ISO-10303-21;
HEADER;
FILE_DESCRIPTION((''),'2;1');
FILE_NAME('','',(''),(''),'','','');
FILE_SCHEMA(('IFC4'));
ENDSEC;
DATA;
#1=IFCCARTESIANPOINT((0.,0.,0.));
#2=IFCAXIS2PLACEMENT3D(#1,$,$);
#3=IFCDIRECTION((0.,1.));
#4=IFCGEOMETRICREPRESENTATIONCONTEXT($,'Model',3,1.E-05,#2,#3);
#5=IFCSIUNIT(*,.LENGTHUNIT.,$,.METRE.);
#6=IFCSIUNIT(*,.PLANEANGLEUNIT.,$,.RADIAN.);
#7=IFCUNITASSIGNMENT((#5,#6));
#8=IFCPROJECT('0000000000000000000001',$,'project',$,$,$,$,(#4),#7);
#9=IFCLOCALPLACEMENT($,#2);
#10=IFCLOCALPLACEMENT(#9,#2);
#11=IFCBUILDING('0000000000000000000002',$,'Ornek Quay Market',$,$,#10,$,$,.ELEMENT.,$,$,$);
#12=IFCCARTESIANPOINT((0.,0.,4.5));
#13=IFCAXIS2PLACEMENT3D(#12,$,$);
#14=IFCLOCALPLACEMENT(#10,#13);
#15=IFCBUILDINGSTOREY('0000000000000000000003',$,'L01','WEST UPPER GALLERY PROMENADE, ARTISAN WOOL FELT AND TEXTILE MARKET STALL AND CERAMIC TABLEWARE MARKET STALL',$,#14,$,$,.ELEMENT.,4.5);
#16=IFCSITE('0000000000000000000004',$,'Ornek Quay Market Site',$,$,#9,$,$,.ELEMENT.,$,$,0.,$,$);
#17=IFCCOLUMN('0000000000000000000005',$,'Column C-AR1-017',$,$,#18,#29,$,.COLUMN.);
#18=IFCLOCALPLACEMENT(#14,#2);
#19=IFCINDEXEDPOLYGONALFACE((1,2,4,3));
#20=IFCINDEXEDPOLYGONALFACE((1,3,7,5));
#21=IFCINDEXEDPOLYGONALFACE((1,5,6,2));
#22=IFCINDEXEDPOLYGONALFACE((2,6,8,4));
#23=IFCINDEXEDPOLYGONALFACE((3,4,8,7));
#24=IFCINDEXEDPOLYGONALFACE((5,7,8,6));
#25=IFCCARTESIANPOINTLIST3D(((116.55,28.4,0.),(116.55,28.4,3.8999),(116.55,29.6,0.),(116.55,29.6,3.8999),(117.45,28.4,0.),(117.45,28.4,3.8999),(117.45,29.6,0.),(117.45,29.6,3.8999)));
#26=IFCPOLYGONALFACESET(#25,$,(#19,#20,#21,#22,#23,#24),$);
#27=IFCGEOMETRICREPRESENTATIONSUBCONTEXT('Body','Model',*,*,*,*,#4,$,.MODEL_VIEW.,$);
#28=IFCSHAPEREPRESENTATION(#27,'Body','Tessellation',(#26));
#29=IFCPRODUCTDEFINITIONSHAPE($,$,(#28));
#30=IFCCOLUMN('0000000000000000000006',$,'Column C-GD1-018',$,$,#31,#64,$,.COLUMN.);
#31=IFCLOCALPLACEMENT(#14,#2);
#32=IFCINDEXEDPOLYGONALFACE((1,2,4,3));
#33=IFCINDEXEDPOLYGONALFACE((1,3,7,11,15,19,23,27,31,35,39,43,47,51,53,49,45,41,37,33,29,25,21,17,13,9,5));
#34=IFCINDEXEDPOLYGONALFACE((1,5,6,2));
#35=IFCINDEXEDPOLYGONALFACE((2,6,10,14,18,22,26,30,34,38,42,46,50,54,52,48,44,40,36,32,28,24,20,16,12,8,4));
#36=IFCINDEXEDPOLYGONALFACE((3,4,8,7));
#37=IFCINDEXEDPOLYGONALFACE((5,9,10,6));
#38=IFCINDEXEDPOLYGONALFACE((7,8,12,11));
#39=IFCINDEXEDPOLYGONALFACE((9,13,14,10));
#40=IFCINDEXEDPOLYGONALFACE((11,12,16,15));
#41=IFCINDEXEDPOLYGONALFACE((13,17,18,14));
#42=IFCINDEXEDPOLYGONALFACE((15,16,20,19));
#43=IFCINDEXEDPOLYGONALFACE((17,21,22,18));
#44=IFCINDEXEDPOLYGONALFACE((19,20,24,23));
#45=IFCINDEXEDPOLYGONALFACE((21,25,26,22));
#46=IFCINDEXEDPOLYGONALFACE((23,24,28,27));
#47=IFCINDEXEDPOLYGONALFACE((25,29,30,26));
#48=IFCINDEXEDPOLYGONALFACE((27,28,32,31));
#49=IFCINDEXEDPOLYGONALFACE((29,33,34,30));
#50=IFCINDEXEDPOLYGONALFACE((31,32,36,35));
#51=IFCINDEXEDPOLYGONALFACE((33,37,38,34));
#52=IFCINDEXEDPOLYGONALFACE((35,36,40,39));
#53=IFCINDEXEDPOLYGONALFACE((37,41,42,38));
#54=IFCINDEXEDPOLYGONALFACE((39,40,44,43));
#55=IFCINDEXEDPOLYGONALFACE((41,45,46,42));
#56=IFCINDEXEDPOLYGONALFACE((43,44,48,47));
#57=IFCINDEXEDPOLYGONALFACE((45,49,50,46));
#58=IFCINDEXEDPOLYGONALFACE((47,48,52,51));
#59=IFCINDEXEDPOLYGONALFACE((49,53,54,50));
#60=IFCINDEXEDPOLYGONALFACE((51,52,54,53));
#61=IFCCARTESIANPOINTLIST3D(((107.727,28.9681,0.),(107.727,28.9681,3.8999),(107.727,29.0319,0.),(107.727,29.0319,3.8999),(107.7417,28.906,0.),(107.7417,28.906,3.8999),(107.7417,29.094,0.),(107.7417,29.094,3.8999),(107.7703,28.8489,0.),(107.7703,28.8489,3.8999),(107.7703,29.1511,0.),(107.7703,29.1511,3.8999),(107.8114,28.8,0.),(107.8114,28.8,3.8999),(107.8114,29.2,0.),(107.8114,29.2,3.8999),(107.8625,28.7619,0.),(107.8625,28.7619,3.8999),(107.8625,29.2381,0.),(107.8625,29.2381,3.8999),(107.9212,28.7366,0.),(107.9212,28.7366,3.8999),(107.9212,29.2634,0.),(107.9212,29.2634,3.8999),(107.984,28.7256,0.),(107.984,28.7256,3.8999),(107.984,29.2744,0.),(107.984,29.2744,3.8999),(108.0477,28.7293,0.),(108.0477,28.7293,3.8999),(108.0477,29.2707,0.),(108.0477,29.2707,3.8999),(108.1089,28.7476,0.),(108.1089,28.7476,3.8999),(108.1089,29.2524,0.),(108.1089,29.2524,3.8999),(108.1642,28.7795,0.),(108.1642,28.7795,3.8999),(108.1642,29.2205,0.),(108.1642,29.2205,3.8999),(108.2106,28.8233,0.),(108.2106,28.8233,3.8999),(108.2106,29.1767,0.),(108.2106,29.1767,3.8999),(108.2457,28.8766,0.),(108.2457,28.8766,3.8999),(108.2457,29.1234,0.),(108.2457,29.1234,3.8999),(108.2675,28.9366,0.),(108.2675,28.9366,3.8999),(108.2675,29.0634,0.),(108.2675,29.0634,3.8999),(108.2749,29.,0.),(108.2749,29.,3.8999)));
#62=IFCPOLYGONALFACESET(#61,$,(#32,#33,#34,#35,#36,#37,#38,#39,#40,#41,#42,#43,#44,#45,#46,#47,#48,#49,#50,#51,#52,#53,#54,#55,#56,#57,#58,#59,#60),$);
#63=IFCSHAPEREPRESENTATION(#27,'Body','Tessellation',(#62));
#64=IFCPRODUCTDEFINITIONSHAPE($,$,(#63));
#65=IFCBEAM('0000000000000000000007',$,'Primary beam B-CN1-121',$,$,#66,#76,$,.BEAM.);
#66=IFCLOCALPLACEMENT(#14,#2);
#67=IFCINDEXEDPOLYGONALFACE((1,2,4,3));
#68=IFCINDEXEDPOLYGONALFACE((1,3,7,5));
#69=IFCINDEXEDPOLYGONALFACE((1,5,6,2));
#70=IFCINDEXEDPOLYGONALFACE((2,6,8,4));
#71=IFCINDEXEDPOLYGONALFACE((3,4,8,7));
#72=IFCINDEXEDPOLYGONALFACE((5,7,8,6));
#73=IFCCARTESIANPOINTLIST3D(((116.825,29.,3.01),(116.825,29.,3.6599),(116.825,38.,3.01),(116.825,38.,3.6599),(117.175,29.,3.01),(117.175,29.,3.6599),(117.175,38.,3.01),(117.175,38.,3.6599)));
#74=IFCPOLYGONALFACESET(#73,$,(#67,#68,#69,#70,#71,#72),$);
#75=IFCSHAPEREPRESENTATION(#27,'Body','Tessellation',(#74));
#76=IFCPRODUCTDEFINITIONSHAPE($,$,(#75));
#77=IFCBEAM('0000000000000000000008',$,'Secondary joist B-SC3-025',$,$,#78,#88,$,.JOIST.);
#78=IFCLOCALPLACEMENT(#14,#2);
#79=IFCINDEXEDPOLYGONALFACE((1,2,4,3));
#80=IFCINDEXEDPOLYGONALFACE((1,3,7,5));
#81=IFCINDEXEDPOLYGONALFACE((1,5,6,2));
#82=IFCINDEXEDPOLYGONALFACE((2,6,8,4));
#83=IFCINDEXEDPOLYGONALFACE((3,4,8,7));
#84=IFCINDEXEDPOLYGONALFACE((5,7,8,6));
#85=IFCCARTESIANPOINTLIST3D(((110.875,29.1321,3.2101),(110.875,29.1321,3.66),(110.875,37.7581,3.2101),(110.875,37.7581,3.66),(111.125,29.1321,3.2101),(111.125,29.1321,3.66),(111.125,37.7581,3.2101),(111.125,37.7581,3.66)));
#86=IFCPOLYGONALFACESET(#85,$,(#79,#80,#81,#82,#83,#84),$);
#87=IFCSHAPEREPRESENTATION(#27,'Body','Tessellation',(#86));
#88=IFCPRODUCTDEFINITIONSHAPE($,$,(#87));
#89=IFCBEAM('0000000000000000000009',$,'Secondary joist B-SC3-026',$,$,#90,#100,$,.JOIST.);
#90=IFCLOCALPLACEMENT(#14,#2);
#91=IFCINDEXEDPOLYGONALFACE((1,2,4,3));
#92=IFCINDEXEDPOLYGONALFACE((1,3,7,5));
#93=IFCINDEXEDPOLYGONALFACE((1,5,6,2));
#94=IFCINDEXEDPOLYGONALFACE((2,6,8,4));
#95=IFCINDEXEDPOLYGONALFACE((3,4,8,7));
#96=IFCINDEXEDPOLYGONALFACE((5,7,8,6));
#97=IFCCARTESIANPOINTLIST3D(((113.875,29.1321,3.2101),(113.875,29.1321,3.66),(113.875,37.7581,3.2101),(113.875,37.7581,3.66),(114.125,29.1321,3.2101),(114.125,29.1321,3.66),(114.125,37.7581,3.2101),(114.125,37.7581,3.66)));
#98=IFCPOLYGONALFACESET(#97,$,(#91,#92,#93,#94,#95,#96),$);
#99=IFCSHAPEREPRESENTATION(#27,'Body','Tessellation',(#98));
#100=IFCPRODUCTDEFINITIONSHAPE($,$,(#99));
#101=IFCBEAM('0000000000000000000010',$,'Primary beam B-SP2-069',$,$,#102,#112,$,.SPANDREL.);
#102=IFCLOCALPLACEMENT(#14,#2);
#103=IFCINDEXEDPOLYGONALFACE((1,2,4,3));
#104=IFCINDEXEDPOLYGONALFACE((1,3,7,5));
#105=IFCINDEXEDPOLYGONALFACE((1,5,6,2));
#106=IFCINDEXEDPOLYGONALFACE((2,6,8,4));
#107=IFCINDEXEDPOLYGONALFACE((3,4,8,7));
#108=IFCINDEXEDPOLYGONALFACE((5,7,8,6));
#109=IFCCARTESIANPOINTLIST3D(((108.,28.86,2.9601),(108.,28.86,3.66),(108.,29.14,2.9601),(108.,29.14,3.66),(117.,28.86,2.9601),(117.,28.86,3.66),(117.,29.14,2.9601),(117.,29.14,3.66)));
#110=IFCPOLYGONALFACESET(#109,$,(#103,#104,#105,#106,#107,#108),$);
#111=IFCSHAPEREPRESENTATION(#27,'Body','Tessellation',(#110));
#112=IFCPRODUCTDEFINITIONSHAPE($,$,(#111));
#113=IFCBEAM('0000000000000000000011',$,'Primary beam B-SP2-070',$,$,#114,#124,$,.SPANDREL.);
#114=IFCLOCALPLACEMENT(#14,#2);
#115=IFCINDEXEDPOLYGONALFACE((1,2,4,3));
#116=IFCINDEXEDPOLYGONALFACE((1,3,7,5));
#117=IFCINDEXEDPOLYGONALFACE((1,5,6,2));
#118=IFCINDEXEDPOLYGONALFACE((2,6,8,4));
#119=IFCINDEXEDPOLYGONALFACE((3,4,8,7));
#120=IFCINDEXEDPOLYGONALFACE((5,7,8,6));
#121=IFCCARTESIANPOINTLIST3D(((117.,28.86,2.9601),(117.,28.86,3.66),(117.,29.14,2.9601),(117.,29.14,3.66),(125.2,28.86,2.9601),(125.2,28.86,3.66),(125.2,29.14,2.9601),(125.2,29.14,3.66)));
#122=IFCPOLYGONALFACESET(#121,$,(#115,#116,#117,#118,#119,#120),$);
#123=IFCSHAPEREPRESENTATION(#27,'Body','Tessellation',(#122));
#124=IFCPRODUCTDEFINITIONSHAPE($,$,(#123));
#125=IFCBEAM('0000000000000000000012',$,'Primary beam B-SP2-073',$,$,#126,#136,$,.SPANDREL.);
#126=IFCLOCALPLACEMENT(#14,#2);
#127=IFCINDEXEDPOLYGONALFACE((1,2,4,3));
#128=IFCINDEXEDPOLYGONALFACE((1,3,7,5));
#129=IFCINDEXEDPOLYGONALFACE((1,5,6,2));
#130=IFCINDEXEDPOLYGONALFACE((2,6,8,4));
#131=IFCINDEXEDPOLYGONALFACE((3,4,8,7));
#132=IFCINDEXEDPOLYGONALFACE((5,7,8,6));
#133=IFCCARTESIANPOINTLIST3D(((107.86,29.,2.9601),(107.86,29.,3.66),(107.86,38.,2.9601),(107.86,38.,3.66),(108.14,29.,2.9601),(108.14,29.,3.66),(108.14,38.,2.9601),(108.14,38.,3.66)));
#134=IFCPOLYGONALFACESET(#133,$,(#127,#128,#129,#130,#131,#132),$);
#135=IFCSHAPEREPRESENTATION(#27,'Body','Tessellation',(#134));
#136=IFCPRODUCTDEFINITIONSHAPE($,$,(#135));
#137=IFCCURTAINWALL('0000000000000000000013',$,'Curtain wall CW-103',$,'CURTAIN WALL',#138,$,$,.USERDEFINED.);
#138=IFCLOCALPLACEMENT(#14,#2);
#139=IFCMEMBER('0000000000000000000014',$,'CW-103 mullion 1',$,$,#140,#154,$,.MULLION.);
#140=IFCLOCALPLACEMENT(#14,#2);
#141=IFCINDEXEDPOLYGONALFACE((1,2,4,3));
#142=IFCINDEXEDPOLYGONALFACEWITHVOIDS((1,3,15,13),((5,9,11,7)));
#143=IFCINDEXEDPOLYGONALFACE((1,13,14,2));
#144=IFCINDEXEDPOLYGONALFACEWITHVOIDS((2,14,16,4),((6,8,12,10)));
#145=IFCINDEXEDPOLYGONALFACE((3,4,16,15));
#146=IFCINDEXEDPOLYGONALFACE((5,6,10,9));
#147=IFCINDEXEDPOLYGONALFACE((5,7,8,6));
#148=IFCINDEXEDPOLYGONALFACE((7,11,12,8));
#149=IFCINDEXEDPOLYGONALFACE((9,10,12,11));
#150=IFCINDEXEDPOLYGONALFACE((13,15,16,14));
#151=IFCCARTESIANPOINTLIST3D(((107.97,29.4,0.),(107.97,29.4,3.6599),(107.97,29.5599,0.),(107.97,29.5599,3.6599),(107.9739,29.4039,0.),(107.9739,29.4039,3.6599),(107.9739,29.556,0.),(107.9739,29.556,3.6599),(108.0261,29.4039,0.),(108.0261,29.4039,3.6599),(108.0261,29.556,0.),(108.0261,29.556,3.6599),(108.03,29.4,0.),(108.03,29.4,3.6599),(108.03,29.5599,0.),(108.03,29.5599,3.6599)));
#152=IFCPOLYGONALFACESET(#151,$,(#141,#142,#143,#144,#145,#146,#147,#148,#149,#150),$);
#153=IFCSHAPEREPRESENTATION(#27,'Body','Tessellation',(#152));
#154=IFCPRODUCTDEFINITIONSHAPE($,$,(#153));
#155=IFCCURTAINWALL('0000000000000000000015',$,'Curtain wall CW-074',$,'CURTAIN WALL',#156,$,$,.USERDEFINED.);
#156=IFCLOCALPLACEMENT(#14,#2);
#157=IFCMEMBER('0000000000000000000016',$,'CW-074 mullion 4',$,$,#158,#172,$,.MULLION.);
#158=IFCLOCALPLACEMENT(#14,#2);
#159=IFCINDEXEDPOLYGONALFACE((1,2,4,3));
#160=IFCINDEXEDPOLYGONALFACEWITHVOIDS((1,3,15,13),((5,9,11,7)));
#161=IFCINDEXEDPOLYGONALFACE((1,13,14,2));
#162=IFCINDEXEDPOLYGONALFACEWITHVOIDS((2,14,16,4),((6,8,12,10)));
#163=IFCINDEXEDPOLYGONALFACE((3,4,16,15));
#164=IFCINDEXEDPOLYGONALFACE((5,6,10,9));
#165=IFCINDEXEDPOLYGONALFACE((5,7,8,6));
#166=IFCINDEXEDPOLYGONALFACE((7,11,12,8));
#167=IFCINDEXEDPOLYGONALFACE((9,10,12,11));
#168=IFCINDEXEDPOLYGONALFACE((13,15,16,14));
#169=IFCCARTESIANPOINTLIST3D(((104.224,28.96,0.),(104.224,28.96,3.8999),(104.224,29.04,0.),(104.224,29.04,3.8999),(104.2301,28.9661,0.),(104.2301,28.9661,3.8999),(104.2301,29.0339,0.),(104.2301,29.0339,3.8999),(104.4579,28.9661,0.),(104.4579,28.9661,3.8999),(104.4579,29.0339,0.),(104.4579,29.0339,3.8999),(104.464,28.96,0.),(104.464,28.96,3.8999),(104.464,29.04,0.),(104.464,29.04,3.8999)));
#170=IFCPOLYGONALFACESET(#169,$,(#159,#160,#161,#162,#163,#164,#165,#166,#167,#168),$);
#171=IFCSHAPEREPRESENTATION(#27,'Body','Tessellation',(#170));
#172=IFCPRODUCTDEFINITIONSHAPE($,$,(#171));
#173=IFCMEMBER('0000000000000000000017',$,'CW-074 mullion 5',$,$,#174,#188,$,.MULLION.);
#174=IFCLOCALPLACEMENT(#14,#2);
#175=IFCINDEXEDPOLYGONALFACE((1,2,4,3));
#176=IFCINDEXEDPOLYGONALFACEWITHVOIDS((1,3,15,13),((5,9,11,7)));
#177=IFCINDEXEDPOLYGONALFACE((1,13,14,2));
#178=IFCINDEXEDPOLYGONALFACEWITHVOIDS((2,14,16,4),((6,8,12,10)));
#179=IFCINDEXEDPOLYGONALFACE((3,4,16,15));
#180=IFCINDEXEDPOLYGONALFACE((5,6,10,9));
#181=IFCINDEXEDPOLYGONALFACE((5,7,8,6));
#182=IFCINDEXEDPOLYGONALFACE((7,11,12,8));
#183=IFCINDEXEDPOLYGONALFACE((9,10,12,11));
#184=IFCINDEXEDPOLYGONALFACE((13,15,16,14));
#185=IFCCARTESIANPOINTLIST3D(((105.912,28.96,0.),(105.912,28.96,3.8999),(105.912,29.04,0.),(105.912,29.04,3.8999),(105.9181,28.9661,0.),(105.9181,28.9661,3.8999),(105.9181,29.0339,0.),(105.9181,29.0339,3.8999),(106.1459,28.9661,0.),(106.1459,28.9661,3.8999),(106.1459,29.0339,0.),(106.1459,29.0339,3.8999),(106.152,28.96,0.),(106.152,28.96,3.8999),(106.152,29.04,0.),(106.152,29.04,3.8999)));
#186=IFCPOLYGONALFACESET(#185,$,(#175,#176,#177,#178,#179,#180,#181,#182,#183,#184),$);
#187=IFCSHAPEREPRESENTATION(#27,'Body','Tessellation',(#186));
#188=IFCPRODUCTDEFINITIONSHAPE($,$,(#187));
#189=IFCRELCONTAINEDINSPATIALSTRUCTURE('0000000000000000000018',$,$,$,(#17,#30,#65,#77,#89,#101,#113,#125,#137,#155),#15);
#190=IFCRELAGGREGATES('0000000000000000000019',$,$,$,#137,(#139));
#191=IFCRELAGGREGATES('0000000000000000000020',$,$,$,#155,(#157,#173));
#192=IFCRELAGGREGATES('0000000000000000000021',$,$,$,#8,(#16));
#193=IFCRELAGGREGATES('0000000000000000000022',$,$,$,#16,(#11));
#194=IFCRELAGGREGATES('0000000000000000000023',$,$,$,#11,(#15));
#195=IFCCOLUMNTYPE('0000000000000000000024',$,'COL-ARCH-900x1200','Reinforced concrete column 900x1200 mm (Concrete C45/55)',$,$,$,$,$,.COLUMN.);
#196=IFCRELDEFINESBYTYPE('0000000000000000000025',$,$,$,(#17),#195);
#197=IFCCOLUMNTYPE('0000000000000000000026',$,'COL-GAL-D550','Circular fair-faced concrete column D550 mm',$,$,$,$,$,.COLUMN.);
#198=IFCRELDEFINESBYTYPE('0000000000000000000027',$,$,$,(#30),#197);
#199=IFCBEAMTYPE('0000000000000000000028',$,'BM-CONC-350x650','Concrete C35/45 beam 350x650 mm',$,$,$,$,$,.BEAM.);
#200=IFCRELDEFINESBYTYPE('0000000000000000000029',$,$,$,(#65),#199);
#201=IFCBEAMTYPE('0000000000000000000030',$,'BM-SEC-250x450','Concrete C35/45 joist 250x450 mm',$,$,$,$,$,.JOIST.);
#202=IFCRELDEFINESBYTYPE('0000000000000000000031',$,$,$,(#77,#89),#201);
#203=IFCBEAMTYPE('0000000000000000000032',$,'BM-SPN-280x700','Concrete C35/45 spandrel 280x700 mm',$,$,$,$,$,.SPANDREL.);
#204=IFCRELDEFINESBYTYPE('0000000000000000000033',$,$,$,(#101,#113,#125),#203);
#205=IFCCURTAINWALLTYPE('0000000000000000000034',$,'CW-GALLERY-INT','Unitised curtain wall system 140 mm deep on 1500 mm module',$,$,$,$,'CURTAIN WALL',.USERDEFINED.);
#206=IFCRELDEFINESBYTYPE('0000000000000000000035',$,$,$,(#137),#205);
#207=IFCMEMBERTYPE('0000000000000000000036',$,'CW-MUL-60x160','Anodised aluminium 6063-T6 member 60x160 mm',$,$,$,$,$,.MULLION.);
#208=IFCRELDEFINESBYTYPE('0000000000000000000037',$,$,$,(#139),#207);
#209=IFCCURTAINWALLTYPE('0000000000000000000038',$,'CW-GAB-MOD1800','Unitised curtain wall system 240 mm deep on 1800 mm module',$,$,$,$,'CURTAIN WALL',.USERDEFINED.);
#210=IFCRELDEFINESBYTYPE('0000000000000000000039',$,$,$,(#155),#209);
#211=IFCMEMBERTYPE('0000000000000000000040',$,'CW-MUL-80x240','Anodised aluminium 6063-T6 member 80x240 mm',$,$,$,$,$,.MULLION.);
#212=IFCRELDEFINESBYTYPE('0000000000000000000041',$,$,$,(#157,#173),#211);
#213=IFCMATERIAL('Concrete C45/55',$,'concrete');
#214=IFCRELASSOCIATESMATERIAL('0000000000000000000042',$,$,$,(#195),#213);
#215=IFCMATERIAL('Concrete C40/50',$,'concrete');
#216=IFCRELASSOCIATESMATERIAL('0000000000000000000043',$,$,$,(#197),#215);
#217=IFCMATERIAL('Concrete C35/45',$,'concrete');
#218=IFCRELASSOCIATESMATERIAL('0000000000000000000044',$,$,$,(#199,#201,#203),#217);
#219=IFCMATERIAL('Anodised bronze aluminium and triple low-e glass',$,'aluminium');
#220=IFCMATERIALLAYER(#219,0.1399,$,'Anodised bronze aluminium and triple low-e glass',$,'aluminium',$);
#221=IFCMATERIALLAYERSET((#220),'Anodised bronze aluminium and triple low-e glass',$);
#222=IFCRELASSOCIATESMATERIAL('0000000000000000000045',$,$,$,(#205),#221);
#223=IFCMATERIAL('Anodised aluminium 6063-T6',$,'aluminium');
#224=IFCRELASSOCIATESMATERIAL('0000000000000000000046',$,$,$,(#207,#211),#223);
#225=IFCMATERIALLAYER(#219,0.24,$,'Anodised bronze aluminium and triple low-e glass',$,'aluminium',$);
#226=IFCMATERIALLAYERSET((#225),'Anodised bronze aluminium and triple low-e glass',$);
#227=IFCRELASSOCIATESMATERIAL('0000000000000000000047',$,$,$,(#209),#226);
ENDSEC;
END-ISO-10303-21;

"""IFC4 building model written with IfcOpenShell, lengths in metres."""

from ifc_helpers import new_model, si_unit, direction, frame, origin, origin_2d, place, context, subcontext, project, spatial, rectangle, hollow_rectangle, circle, extrude, material, layer, layer_set, material_profile, profile_set, type_object, element, aggregate, save


model = new_model("IFC4")

# Units and contexts
model_context = context("Model", 3, precision=1e-05, world=origin(), true_north=direction((0.0, 1.0)))
body_context = subcontext(model_context, "Body", "Model", "MODEL_VIEW")
ifc_project = project(units=[si_unit("LENGTHUNIT", "METRE"), si_unit("PLANEANGLEUNIT", "RADIAN")], contexts=[model_context])

# Site, building, storey
site_placement = place(None, origin())
site = spatial("IfcSite", under=ifc_project, at=site_placement, Name="Ornek Quay Market Site", CompositionType="ELEMENT", RefElevation=0.0)
building_placement = place(site_placement, origin())
building = spatial("IfcBuilding", under=site, at=building_placement, Name="Ornek Quay Market", CompositionType="ELEMENT")
storey_placement = place(building_placement, frame((0.0, 0.0, 4.5)))
storey = spatial("IfcBuildingStorey", under=building, at=storey_placement, Name="L01", Description="WEST UPPER GALLERY PROMENADE, ARTISAN WOOL FELT AND TEXTILE MARKET STALL AND CERAMIC TABLEWARE MARKET STALL", CompositionType="ELEMENT", Elevation=4.5)

# Columns
ifc_material_1 = material(Name="Concrete C45/55", Category="concrete")
ifc_material_profile_1 = material_profile(ifc_material_1, rectangle(XDim=0.8999, YDim=1.2, at=origin_2d()), Name="RC 900x1200", Category="concrete")
ifc_profile_set_1 = profile_set([ifc_material_profile_1], Name="Concrete C45/55")
column_type_1 = type_object("IfcColumnType", Name="COL-ARCH-900x1200", Description="Reinforced concrete column 900x1200 mm (Concrete C45/55)", PredefinedType="COLUMN", material=ifc_profile_set_1)
column_1_placement = place(storey_placement, frame((117.0, 29.0, 0.0), z_axis=(0.0, 0.0, 1.0), x_axis=(1.0, 0.0, 0.0)))
element("IfcColumn", 1, at=column_1_placement, inside=storey, type_object=column_type_1, Name="Column C-AR1-017", PredefinedType="COLUMN", context=body_context, shape_type="SweptSolid", body=[
    extrude(rectangle(XDim=0.8999, YDim=1.2, at=origin_2d()), origin(), (0.0, 0.0, 1.0), 3.8999),
])
ifc_material_2 = material(Name="Concrete C40/50", Category="concrete")
ifc_material_profile_2 = material_profile(ifc_material_2, circle(Radius=0.2749, at=origin_2d()), Name="RC D550", Category="concrete")
ifc_profile_set_2 = profile_set([ifc_material_profile_2], Name="Concrete C40/50")
column_type_2 = type_object("IfcColumnType", Name="COL-GAL-D550", Description="Circular fair-faced concrete column D550 mm", PredefinedType="COLUMN", material=ifc_profile_set_2)
column_2_placement = place(storey_placement, frame((108.0, 29.0, 0.0), z_axis=(0.0, 0.0, 1.0), x_axis=(1.0, 0.0, 0.0)))
element("IfcColumn", 2, at=column_2_placement, inside=storey, type_object=column_type_2, Name="Column C-GD1-018", PredefinedType="COLUMN", context=body_context, shape_type="SweptSolid", body=[
    extrude(circle(Radius=0.2749, at=origin_2d()), origin(), (0.0, 0.0, 1.0), 3.8999),
])

# Beams
ifc_material_3 = material(Name="Concrete C35/45", Category="concrete")
ifc_material_profile_3 = material_profile(ifc_material_3, rectangle(XDim=0.3501, YDim=0.6499, at=origin_2d()), Name="RC 350x650", Category="concrete")
ifc_profile_set_3 = profile_set([ifc_material_profile_3], Name="Concrete C35/45")
beam_type_1 = type_object("IfcBeamType", Name="BM-CONC-350x650", Description="Concrete C35/45 beam 350x650 mm", PredefinedType="BEAM", material=ifc_profile_set_3)
beam_1_placement = place(storey_placement, frame((117.0, 29.0, 3.335), z_axis=(0.0, 1.0, 0.0), x_axis=(-1.0, 0.0, 0.0)))
element("IfcBeam", 3, at=beam_1_placement, inside=storey, type_object=beam_type_1, Name="Primary beam B-CN1-121", PredefinedType="BEAM", context=body_context, shape_type="SweptSolid", body=[
    extrude(rectangle(XDim=0.3501, YDim=0.6499, at=origin_2d()), origin(), (0.0, 0.0, 1.0), 9.0),
])
ifc_material_profile_4 = material_profile(ifc_material_3, rectangle(XDim=0.25, YDim=0.45, at=origin_2d()), Name="RC 250x450", Category="concrete")
ifc_profile_set_4 = profile_set([ifc_material_profile_4], Name="Concrete C35/45")
beam_type_2 = type_object("IfcBeamType", Name="BM-SEC-250x450", Description="Concrete C35/45 joist 250x450 mm", PredefinedType="JOIST", material=ifc_profile_set_4)
for number, where, z_axis, x_axis, name in (
    (4, (111.0, 29.1321, 3.4351), (0.0, 1.0, 0.0), (-1.0, 0.0, 0.0), "Secondary joist B-SC3-025"),
    (5, (114.0, 29.1321, 3.4351), (0.0, 1.0, 0.0), (-1.0, 0.0, 0.0), "Secondary joist B-SC3-026"),
):
    element("IfcBeam", number, at=place(storey_placement, frame(where, z_axis=z_axis, x_axis=x_axis)), inside=storey, type_object=beam_type_2, Name=name, PredefinedType="JOIST", context=body_context, shape_type="SweptSolid", body=[
        extrude(rectangle(XDim=0.25, YDim=0.45, at=origin_2d()), origin(), (0.0, 0.0, 1.0), 8.626),
    ])
ifc_material_profile_5 = material_profile(ifc_material_3, rectangle(XDim=0.28, YDim=0.7, at=origin_2d()), Name="RC 280x700", Category="concrete")
ifc_profile_set_5 = profile_set([ifc_material_profile_5], Name="Concrete C35/45")
beam_type_3 = type_object("IfcBeamType", Name="BM-SPN-280x700", Description="Concrete C35/45 spandrel 280x700 mm", PredefinedType="SPANDREL", material=ifc_profile_set_5)
beam_2_placement = place(storey_placement, frame((108.0, 29.0, 3.3101), z_axis=(1.0, 0.0, 0.0), x_axis=(0.0, 1.0, 0.0)))
element("IfcBeam", 6, at=beam_2_placement, inside=storey, type_object=beam_type_3, Name="Primary beam B-SP2-069", PredefinedType="SPANDREL", context=body_context, shape_type="SweptSolid", body=[
    extrude(rectangle(XDim=0.28, YDim=0.7, at=origin_2d()), origin(), (0.0, 0.0, 1.0), 9.0),
])
beam_3_placement = place(storey_placement, frame((117.0, 29.0, 3.3101), z_axis=(1.0, 0.0, 0.0), x_axis=(0.0, 1.0, 0.0)))
element("IfcBeam", 7, at=beam_3_placement, inside=storey, type_object=beam_type_3, Name="Primary beam B-SP2-070", PredefinedType="SPANDREL", context=body_context, shape_type="SweptSolid", body=[
    extrude(rectangle(XDim=0.28, YDim=0.7, at=origin_2d()), origin(), (0.0, 0.0, 1.0), 8.2),
])
beam_4_placement = place(storey_placement, frame((108.0, 29.0, 3.3101), z_axis=(0.0, 1.0, 0.0), x_axis=(-1.0, 0.0, 0.0)))
element("IfcBeam", 8, at=beam_4_placement, inside=storey, type_object=beam_type_3, Name="Primary beam B-SP2-073", PredefinedType="SPANDREL", context=body_context, shape_type="SweptSolid", body=[
    extrude(rectangle(XDim=0.28, YDim=0.7, at=origin_2d()), origin(), (0.0, 0.0, 1.0), 9.0),
])

# Curtain wall, member
ifc_material_4 = material(Name="Anodised bronze aluminium and triple low-e glass", Category="aluminium")
ifc_layer_1 = layer(ifc_material_4, 0.1399, Name="Anodised bronze aluminium and triple low-e glass", Category="aluminium")
ifc_layer_set_1 = layer_set([ifc_layer_1], Name="Anodised bronze aluminium and triple low-e glass")
curtain_wall_type_1 = type_object("IfcCurtainWallType", Name="CW-GALLERY-INT", Description="Unitised curtain wall system 140 mm deep on 1500 mm module", ElementType="CURTAIN WALL", PredefinedType="USERDEFINED", material=ifc_layer_set_1)
curtain_wall_1_placement = place(storey_placement, origin())
curtain_wall_1 = element("IfcCurtainWall", 9, at=curtain_wall_1_placement, inside=storey, type_object=curtain_wall_type_1, Name="Curtain wall CW-103", ObjectType="CURTAIN WALL", PredefinedType="USERDEFINED")
ifc_material_5 = material(Name="Anodised aluminium 6063-T6", Category="aluminium")
ifc_material_profile_6 = material_profile(ifc_material_5, hollow_rectangle(XDim=0.0601, YDim=0.1599, WallThickness=0.0039, at=origin_2d()), Name="CW-MUL-60x160", Category="aluminium")
ifc_profile_set_6 = profile_set([ifc_material_profile_6], Name="Anodised aluminium 6063-T6")
member_type_1 = type_object("IfcMemberType", Name="CW-MUL-60x160", Description="Anodised aluminium 6063-T6 member 60x160 mm", PredefinedType="MULLION", material=ifc_profile_set_6)
member_1_placement = place(storey_placement, frame((108.0, 29.48, 0.0), z_axis=(0.0, 0.0, 1.0), x_axis=(-1.0, 0.0, 0.0)))
member_1 = element("IfcMember", 10, at=member_1_placement, type_object=member_type_1, Name="CW-103 mullion 1", PredefinedType="MULLION", context=body_context, shape_type="SweptSolid", body=[
    extrude(hollow_rectangle(XDim=0.0601, YDim=0.1599, WallThickness=0.0039, at=origin_2d()), origin(), (0.0, 0.0, 1.0), 3.6599),
])

# Curtain wall, members
ifc_layer_2 = layer(ifc_material_4, 0.24, Name="Anodised bronze aluminium and triple low-e glass", Category="aluminium")
ifc_layer_set_2 = layer_set([ifc_layer_2], Name="Anodised bronze aluminium and triple low-e glass")
curtain_wall_type_2 = type_object("IfcCurtainWallType", Name="CW-GAB-MOD1800", Description="Unitised curtain wall system 240 mm deep on 1800 mm module", ElementType="CURTAIN WALL", PredefinedType="USERDEFINED", material=ifc_layer_set_2)
curtain_wall_2_placement = place(storey_placement, origin())
curtain_wall_2 = element("IfcCurtainWall", 11, at=curtain_wall_2_placement, inside=storey, type_object=curtain_wall_type_2, Name="Curtain wall CW-074", ObjectType="CURTAIN WALL", PredefinedType="USERDEFINED")
ifc_material_profile_7 = material_profile(ifc_material_5, hollow_rectangle(XDim=0.0801, YDim=0.24, WallThickness=0.0061, at=origin_2d()), Name="CW-MUL-80x240", Category="aluminium")
ifc_profile_set_7 = profile_set([ifc_material_profile_7], Name="Anodised aluminium 6063-T6")
member_type_2 = type_object("IfcMemberType", Name="CW-MUL-80x240", Description="Anodised aluminium 6063-T6 member 80x240 mm", PredefinedType="MULLION", material=ifc_profile_set_7)
member_2_placement = place(storey_placement, frame((104.344, 29.0, 0.0), z_axis=(0.0, 0.0, 1.0), x_axis=(0.0, 1.0, 0.0)))
member_2 = element("IfcMember", 12, at=member_2_placement, type_object=member_type_2, Name="CW-074 mullion 4", PredefinedType="MULLION", context=body_context, shape_type="SweptSolid", body=[
    extrude(hollow_rectangle(XDim=0.0801, YDim=0.24, WallThickness=0.0061, at=origin_2d()), origin(), (0.0, 0.0, 1.0), 3.8999),
])
member_3_placement = place(storey_placement, frame((106.032, 29.0, 0.0), z_axis=(0.0, 0.0, 1.0), x_axis=(0.0, 1.0, 0.0)))
member_3 = element("IfcMember", 13, at=member_3_placement, type_object=member_type_2, Name="CW-074 mullion 5", PredefinedType="MULLION", context=body_context, shape_type="SweptSolid", body=[
    extrude(hollow_rectangle(XDim=0.0801, YDim=0.24, WallThickness=0.0061, at=origin_2d()), origin(), (0.0, 0.0, 1.0), 3.8999),
])

aggregate(curtain_wall_1, [member_1])

aggregate(curtain_wall_2, [member_2, member_3])

save(model, "model.ifc")
